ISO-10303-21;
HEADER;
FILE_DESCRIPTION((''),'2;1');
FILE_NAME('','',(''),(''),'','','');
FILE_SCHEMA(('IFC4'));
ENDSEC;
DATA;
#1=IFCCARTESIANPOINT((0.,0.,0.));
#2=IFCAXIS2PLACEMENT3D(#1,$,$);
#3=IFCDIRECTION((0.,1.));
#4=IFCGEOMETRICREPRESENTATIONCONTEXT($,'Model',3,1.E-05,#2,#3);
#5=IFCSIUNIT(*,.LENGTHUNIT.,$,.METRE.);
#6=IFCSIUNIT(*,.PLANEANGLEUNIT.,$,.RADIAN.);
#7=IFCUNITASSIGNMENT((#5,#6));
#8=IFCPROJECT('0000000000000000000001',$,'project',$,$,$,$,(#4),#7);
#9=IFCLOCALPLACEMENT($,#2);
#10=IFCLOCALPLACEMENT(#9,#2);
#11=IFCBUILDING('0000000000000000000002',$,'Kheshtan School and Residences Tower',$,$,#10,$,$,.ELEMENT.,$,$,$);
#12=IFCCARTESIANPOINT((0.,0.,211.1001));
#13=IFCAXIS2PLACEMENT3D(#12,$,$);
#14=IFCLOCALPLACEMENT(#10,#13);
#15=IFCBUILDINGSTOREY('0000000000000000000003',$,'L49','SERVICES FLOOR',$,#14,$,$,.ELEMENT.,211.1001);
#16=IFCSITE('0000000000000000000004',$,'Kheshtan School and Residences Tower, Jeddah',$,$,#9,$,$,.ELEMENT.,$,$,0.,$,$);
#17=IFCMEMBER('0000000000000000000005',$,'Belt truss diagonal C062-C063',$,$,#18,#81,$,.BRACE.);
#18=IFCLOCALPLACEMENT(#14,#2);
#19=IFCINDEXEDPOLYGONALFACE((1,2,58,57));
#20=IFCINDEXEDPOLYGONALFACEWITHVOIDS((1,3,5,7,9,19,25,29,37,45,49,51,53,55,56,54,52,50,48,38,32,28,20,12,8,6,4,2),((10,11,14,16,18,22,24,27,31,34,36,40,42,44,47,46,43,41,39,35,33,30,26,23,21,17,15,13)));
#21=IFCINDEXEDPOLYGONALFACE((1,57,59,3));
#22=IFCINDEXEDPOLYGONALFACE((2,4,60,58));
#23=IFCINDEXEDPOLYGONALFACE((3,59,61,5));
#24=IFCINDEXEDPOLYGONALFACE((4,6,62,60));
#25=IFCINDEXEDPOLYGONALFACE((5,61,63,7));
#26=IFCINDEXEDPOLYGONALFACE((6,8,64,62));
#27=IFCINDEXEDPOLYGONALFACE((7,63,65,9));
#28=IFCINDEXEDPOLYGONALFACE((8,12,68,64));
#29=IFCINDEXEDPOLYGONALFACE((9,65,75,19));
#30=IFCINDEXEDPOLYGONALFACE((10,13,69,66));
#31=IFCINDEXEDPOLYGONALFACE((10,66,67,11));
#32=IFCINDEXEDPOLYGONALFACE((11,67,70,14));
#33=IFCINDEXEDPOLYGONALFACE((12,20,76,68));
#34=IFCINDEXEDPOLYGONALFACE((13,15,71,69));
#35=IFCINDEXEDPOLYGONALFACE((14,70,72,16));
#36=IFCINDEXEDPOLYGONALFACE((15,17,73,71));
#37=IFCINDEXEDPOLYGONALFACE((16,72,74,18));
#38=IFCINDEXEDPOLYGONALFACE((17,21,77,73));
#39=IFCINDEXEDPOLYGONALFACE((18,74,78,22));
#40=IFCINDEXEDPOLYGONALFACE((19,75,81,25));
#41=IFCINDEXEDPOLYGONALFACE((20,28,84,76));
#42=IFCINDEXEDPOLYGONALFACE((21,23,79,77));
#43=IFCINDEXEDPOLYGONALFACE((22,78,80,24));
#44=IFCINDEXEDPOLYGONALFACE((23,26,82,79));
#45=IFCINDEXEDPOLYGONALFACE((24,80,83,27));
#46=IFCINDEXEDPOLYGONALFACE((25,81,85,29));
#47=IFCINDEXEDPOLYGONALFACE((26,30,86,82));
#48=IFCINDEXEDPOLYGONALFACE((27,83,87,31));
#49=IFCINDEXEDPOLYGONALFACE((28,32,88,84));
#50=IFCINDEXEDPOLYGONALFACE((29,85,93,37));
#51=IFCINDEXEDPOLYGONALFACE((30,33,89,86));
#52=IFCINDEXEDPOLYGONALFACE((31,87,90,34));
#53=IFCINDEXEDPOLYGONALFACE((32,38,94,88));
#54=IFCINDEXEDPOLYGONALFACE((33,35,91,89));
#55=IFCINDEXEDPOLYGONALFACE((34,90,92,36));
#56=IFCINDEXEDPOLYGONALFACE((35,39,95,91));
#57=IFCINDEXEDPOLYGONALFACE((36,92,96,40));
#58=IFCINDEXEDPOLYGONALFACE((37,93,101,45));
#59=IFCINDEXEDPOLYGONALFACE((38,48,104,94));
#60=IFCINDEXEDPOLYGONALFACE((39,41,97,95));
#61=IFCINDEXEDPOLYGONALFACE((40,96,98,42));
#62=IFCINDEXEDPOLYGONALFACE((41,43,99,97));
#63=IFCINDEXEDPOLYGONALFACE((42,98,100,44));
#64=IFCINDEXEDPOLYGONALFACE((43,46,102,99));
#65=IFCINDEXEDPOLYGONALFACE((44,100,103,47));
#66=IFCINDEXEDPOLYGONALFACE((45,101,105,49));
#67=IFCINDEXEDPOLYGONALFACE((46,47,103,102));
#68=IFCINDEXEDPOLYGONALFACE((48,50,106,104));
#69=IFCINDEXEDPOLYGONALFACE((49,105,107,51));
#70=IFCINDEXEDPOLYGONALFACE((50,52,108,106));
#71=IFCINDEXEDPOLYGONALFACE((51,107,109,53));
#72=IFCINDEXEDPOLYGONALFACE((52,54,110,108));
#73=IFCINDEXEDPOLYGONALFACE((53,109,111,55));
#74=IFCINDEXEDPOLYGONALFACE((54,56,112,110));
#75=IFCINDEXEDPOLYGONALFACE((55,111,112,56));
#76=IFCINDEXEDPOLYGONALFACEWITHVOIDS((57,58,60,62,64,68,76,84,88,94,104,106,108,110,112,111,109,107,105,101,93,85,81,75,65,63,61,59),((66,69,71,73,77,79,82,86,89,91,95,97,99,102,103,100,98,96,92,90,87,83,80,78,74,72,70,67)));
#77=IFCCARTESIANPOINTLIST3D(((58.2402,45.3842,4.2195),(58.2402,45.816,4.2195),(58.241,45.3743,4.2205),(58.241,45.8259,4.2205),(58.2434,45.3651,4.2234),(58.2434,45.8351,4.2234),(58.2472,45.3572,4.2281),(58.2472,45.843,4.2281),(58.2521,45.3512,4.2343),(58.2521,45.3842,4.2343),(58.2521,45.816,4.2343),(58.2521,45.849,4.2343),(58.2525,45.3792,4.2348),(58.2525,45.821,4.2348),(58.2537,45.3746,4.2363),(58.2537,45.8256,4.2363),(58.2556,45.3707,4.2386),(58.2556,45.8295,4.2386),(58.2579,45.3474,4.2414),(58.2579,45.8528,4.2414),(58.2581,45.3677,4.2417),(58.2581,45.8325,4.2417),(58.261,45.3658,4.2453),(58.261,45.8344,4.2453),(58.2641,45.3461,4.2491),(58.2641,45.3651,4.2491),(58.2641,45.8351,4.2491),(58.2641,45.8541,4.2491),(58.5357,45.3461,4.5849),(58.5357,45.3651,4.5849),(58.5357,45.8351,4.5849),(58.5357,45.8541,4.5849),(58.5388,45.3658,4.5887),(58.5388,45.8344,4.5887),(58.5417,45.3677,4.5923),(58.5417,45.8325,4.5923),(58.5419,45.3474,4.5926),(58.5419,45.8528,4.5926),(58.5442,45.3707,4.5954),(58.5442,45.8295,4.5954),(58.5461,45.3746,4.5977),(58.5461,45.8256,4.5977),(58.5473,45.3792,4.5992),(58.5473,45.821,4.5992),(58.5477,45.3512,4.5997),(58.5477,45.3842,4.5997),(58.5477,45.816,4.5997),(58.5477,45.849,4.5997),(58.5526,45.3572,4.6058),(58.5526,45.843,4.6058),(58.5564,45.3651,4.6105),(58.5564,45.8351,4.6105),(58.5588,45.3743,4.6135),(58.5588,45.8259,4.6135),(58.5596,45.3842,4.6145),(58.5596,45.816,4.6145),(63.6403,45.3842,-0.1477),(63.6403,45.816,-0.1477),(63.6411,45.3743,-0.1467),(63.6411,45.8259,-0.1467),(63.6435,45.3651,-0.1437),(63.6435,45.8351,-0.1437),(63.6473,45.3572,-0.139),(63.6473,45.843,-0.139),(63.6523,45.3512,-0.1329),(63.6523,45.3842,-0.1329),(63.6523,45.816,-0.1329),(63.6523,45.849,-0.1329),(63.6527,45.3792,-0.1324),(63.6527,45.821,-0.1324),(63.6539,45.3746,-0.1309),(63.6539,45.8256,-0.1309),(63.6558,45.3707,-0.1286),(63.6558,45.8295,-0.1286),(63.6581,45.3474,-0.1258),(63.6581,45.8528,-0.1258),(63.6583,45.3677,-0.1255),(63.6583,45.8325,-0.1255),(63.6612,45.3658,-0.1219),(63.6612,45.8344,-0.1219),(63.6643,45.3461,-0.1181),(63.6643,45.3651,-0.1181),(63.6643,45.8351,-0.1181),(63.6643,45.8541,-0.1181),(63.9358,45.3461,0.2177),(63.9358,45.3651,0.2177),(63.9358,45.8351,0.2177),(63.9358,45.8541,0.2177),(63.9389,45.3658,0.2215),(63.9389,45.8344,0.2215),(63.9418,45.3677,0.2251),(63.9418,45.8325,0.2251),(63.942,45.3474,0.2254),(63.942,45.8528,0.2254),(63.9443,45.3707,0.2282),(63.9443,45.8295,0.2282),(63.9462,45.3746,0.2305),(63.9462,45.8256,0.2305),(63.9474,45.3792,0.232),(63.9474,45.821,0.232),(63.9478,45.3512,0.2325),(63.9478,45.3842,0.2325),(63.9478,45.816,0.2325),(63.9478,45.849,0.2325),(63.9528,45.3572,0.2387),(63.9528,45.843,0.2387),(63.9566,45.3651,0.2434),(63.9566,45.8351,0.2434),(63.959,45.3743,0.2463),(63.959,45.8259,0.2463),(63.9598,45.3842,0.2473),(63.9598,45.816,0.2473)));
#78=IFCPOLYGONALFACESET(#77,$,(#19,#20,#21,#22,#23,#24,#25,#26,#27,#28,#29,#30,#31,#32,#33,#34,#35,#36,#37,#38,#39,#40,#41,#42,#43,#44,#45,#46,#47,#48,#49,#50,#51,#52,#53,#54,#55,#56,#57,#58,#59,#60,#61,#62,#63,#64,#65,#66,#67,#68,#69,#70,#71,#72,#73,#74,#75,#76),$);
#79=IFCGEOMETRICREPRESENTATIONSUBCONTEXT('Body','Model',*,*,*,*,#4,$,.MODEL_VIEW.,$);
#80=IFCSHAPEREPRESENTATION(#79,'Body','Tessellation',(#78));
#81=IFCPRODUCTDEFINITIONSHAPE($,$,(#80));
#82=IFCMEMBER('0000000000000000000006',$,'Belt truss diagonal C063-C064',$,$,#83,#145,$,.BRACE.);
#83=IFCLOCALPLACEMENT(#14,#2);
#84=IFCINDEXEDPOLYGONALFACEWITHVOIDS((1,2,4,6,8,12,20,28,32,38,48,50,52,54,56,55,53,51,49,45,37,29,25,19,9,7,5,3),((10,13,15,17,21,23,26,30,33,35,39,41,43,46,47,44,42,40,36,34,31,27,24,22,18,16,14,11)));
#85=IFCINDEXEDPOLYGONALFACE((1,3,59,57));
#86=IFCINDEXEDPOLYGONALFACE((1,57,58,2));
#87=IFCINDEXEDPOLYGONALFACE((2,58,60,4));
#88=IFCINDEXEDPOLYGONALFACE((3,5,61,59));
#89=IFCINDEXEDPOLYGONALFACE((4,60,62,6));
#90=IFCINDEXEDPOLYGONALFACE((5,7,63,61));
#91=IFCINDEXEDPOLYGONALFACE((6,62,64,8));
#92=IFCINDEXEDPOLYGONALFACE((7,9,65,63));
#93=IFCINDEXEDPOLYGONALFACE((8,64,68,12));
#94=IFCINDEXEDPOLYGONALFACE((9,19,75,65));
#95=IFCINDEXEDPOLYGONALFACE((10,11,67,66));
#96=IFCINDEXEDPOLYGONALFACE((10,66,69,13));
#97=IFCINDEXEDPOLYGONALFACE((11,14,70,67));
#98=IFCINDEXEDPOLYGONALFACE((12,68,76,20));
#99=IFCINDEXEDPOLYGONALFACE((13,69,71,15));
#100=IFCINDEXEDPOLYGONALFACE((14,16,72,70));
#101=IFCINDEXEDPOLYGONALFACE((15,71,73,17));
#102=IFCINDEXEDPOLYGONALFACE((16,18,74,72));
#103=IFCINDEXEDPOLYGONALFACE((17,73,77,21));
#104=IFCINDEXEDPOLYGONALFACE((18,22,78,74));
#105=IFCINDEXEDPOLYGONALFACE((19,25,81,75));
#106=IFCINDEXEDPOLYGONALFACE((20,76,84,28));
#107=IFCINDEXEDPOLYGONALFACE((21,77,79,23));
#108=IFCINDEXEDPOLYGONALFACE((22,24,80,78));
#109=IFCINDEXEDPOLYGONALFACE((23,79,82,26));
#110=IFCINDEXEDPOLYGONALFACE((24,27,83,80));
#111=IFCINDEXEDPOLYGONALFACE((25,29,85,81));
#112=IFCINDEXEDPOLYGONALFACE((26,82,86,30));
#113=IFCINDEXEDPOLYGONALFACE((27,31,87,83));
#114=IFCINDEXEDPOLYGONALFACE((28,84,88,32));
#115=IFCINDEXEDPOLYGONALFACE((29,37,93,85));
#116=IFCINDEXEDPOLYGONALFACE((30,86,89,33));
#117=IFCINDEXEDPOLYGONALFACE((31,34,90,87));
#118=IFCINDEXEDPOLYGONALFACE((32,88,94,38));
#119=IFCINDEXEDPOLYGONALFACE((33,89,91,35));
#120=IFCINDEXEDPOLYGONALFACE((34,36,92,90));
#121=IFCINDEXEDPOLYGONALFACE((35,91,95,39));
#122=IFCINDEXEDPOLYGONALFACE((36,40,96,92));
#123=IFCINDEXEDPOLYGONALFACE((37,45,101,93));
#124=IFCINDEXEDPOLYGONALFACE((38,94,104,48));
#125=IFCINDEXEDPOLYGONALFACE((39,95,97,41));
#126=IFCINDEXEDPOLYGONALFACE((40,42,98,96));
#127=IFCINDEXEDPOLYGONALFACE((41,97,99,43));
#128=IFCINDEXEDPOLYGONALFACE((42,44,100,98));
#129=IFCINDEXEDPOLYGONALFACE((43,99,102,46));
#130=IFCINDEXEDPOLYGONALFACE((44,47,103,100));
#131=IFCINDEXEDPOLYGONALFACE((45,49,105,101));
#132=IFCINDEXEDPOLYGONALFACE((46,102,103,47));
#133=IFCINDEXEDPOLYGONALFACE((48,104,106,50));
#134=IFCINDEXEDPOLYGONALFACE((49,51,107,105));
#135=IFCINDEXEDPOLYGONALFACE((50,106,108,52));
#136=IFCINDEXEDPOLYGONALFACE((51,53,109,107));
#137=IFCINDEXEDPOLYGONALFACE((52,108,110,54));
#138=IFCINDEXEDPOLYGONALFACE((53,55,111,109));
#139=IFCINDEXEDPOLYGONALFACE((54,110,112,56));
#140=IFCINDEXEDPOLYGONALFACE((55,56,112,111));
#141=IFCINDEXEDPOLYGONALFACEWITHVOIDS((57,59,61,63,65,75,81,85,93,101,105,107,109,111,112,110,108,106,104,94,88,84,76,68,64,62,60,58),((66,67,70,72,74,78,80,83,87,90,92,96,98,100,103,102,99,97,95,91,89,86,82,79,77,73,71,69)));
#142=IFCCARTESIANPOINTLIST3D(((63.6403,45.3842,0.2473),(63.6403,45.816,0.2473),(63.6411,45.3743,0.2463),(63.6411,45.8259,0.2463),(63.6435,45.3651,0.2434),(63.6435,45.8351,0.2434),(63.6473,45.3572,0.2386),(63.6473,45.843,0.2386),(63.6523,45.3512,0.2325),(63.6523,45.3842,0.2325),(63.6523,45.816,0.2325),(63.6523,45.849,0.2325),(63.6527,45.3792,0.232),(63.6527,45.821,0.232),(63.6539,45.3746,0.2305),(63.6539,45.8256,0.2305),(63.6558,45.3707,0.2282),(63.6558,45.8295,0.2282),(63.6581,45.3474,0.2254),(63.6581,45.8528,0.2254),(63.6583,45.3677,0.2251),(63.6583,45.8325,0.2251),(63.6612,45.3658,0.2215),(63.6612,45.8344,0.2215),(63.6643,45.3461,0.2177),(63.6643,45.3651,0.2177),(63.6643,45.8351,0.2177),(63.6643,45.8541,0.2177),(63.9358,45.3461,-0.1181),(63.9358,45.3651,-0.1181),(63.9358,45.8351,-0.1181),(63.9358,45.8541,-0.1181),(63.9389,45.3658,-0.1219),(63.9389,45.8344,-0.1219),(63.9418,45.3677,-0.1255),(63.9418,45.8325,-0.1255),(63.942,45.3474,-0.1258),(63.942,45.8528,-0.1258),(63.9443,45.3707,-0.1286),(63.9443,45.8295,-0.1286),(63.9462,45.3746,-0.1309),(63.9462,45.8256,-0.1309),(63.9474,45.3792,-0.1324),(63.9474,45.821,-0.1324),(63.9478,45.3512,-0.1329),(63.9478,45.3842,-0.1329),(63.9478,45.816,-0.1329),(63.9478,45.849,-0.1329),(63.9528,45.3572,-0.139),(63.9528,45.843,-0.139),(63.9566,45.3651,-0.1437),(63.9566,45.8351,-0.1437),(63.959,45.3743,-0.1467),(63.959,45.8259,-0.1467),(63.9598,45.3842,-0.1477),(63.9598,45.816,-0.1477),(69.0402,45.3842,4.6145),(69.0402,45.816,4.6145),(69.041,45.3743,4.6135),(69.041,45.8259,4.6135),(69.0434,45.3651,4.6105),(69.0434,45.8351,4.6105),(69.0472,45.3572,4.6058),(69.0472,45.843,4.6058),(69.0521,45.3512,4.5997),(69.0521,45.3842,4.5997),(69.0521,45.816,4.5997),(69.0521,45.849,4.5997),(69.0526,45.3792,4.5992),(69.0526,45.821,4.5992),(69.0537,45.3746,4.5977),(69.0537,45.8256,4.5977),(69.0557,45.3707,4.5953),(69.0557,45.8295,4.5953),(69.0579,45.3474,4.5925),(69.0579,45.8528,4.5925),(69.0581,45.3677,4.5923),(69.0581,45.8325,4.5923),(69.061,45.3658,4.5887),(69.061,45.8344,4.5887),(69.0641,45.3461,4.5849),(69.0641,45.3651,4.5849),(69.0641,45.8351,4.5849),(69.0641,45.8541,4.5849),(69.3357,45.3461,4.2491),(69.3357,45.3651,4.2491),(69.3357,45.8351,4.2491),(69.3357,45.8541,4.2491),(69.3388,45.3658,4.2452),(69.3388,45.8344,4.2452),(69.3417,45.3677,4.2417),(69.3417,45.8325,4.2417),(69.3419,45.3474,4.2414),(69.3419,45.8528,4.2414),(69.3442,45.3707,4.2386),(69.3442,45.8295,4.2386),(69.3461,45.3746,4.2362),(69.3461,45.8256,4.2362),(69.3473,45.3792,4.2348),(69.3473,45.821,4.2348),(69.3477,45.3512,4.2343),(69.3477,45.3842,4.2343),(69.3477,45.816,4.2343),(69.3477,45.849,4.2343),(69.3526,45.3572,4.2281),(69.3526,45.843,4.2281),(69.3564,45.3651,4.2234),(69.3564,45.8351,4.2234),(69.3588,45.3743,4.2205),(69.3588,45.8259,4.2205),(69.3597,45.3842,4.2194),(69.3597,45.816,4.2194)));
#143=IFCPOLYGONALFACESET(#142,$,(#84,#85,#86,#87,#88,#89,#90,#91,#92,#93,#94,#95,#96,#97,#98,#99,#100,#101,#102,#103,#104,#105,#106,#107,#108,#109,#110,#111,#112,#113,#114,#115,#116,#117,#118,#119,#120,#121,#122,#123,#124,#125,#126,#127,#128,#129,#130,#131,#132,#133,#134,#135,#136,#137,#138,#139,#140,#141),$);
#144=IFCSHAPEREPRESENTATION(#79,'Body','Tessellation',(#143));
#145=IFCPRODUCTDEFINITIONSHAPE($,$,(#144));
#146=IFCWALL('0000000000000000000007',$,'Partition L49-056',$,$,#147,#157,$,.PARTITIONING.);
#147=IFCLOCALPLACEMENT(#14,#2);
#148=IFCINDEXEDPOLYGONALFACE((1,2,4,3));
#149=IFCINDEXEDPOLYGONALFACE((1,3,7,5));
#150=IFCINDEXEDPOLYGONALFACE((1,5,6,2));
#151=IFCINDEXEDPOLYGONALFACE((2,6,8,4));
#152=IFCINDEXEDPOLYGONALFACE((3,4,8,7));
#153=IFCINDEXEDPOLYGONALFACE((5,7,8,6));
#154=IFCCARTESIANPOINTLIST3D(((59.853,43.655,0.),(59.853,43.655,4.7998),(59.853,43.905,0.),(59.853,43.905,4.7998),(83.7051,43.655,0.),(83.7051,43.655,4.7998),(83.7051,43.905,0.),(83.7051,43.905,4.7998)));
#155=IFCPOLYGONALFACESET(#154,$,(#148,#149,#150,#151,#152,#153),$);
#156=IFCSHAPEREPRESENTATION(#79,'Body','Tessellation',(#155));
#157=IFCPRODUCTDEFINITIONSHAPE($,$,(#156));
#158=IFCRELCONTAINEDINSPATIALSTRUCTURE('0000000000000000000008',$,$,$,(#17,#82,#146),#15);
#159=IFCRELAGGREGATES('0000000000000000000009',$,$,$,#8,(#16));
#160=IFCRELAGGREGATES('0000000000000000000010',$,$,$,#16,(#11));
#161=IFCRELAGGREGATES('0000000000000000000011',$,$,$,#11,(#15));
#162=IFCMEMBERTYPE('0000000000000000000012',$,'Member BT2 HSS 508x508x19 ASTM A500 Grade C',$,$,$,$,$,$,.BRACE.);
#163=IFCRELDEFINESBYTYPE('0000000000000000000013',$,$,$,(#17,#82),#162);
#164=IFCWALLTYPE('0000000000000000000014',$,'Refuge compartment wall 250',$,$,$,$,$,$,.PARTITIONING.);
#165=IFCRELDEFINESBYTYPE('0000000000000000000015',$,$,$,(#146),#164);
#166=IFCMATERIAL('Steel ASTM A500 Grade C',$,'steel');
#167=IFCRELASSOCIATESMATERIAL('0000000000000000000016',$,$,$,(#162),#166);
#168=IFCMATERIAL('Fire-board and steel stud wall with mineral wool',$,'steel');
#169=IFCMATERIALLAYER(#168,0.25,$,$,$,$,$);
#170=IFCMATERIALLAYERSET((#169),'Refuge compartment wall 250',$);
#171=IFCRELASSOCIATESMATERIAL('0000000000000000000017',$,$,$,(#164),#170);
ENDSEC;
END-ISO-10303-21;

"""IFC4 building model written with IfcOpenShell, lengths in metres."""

from ifc_helpers import new_model, si_unit, direction, frame, frame_2d, origin, origin_2d, place, context, subcontext, project, spatial, rectangle, hollow_rectangle, extrude, material, layer, layer_set, material_profile, profile_set, type_object, element, save


model = new_model("IFC4")

# Units and contexts
model_context = context("Model", 3, precision=1e-05, world=origin(), true_north=direction((0.0, 1.0)))
body_context = subcontext(model_context, "Body", "Model", "MODEL_VIEW")
ifc_project = project(units=[si_unit("LENGTHUNIT", "METRE"), si_unit("PLANEANGLEUNIT", "RADIAN")], contexts=[model_context])

# Site, building, storey
site_placement = place(None, origin())
site = spatial("IfcSite", under=ifc_project, at=site_placement, Name="Kheshtan School and Residences Tower, Jeddah", CompositionType="ELEMENT", RefElevation=0.0)
building_placement = place(site_placement, origin())
building = spatial("IfcBuilding", under=site, at=building_placement, Name="Kheshtan School and Residences Tower", CompositionType="ELEMENT")
storey_placement = place(building_placement, frame((0.0, 0.0, 211.1001)))
storey = spatial("IfcBuildingStorey", under=building, at=storey_placement, Name="L49", Description="SERVICES FLOOR", CompositionType="ELEMENT", Elevation=211.1001)

# Shared definitions
ifc_material_1 = material(Name="Steel ASTM A500 Grade C", Category="steel")

# Members
ifc_material_profile_1 = material_profile(ifc_material_1, hollow_rectangle(XDim=0.5081, YDim=0.5081, WallThickness=0.019, InnerFilletRadius=0.019, OuterFilletRadius=0.0381, at=origin_2d()), Name="HSS 508x508x19")
ifc_profile_set_1 = profile_set([ifc_material_profile_1], Name="Steel ASTM A500 Grade C")
member_type = type_object("IfcMemberType", Name="Member BT2 HSS 508x508x19 ASTM A500 Grade C", PredefinedType="BRACE", material=ifc_profile_set_1)
member_1_placement = place(storey_placement, frame((63.8, 45.6001, 0.0498), z_axis=(-0.777552, 0.0, 0.628819), x_axis=(0.0, -1.0, 0.0)))
element("IfcMember", 1, at=member_1_placement, inside=storey, type_object=member_type, Name="Belt truss diagonal C062-C063", PredefinedType="BRACE", context=body_context, shape_type="SweptSolid", body=[
    extrude(hollow_rectangle(XDim=0.5081, YDim=0.5081, WallThickness=0.019, InnerFilletRadius=0.019, OuterFilletRadius=0.0381, at=origin_2d()), origin(), (0.0, 0.0, 1.0), 6.9451),
])
member_2_placement = place(storey_placement, frame((63.8, 45.6001, 0.0498), z_axis=(0.777538, 0.0, 0.628836), x_axis=(0.0, 1.0, 0.0)))
element("IfcMember", 2, at=member_2_placement, inside=storey, type_object=member_type, Name="Belt truss diagonal C063-C064", PredefinedType="BRACE", context=body_context, shape_type="SweptSolid", body=[
    extrude(hollow_rectangle(XDim=0.5081, YDim=0.5081, WallThickness=0.019, InnerFilletRadius=0.019, OuterFilletRadius=0.0381, at=origin_2d()), origin(), (0.0, 0.0, 1.0), 6.9448),
])

# Wall
ifc_material_2 = material(Name="Fire-board and steel stud wall with mineral wool", Category="steel")
ifc_layer = layer(ifc_material_2, 0.25)
ifc_layer_set = layer_set([ifc_layer], Name="Refuge compartment wall 250")
wall_type = type_object("IfcWallType", Name="Refuge compartment wall 250", PredefinedType="PARTITIONING", material=ifc_layer_set)
wall_1_placement = place(storey_placement, frame((59.853, 43.78, 0.0), z_axis=(0.0, 0.0, 1.0), x_axis=(1.0, 0.0, 0.0)))
element("IfcWall", 3, at=wall_1_placement, inside=storey, type_object=wall_type, Name="Partition L49-056", PredefinedType="PARTITIONING", context=body_context, shape_type="SweptSolid", body=[
    extrude(rectangle(XDim=23.8521, YDim=0.25, at=frame_2d((11.926, 0.0))), origin(), (0.0, 0.0, 1.0), 4.7998),
])

save(model, "model.ifc")
